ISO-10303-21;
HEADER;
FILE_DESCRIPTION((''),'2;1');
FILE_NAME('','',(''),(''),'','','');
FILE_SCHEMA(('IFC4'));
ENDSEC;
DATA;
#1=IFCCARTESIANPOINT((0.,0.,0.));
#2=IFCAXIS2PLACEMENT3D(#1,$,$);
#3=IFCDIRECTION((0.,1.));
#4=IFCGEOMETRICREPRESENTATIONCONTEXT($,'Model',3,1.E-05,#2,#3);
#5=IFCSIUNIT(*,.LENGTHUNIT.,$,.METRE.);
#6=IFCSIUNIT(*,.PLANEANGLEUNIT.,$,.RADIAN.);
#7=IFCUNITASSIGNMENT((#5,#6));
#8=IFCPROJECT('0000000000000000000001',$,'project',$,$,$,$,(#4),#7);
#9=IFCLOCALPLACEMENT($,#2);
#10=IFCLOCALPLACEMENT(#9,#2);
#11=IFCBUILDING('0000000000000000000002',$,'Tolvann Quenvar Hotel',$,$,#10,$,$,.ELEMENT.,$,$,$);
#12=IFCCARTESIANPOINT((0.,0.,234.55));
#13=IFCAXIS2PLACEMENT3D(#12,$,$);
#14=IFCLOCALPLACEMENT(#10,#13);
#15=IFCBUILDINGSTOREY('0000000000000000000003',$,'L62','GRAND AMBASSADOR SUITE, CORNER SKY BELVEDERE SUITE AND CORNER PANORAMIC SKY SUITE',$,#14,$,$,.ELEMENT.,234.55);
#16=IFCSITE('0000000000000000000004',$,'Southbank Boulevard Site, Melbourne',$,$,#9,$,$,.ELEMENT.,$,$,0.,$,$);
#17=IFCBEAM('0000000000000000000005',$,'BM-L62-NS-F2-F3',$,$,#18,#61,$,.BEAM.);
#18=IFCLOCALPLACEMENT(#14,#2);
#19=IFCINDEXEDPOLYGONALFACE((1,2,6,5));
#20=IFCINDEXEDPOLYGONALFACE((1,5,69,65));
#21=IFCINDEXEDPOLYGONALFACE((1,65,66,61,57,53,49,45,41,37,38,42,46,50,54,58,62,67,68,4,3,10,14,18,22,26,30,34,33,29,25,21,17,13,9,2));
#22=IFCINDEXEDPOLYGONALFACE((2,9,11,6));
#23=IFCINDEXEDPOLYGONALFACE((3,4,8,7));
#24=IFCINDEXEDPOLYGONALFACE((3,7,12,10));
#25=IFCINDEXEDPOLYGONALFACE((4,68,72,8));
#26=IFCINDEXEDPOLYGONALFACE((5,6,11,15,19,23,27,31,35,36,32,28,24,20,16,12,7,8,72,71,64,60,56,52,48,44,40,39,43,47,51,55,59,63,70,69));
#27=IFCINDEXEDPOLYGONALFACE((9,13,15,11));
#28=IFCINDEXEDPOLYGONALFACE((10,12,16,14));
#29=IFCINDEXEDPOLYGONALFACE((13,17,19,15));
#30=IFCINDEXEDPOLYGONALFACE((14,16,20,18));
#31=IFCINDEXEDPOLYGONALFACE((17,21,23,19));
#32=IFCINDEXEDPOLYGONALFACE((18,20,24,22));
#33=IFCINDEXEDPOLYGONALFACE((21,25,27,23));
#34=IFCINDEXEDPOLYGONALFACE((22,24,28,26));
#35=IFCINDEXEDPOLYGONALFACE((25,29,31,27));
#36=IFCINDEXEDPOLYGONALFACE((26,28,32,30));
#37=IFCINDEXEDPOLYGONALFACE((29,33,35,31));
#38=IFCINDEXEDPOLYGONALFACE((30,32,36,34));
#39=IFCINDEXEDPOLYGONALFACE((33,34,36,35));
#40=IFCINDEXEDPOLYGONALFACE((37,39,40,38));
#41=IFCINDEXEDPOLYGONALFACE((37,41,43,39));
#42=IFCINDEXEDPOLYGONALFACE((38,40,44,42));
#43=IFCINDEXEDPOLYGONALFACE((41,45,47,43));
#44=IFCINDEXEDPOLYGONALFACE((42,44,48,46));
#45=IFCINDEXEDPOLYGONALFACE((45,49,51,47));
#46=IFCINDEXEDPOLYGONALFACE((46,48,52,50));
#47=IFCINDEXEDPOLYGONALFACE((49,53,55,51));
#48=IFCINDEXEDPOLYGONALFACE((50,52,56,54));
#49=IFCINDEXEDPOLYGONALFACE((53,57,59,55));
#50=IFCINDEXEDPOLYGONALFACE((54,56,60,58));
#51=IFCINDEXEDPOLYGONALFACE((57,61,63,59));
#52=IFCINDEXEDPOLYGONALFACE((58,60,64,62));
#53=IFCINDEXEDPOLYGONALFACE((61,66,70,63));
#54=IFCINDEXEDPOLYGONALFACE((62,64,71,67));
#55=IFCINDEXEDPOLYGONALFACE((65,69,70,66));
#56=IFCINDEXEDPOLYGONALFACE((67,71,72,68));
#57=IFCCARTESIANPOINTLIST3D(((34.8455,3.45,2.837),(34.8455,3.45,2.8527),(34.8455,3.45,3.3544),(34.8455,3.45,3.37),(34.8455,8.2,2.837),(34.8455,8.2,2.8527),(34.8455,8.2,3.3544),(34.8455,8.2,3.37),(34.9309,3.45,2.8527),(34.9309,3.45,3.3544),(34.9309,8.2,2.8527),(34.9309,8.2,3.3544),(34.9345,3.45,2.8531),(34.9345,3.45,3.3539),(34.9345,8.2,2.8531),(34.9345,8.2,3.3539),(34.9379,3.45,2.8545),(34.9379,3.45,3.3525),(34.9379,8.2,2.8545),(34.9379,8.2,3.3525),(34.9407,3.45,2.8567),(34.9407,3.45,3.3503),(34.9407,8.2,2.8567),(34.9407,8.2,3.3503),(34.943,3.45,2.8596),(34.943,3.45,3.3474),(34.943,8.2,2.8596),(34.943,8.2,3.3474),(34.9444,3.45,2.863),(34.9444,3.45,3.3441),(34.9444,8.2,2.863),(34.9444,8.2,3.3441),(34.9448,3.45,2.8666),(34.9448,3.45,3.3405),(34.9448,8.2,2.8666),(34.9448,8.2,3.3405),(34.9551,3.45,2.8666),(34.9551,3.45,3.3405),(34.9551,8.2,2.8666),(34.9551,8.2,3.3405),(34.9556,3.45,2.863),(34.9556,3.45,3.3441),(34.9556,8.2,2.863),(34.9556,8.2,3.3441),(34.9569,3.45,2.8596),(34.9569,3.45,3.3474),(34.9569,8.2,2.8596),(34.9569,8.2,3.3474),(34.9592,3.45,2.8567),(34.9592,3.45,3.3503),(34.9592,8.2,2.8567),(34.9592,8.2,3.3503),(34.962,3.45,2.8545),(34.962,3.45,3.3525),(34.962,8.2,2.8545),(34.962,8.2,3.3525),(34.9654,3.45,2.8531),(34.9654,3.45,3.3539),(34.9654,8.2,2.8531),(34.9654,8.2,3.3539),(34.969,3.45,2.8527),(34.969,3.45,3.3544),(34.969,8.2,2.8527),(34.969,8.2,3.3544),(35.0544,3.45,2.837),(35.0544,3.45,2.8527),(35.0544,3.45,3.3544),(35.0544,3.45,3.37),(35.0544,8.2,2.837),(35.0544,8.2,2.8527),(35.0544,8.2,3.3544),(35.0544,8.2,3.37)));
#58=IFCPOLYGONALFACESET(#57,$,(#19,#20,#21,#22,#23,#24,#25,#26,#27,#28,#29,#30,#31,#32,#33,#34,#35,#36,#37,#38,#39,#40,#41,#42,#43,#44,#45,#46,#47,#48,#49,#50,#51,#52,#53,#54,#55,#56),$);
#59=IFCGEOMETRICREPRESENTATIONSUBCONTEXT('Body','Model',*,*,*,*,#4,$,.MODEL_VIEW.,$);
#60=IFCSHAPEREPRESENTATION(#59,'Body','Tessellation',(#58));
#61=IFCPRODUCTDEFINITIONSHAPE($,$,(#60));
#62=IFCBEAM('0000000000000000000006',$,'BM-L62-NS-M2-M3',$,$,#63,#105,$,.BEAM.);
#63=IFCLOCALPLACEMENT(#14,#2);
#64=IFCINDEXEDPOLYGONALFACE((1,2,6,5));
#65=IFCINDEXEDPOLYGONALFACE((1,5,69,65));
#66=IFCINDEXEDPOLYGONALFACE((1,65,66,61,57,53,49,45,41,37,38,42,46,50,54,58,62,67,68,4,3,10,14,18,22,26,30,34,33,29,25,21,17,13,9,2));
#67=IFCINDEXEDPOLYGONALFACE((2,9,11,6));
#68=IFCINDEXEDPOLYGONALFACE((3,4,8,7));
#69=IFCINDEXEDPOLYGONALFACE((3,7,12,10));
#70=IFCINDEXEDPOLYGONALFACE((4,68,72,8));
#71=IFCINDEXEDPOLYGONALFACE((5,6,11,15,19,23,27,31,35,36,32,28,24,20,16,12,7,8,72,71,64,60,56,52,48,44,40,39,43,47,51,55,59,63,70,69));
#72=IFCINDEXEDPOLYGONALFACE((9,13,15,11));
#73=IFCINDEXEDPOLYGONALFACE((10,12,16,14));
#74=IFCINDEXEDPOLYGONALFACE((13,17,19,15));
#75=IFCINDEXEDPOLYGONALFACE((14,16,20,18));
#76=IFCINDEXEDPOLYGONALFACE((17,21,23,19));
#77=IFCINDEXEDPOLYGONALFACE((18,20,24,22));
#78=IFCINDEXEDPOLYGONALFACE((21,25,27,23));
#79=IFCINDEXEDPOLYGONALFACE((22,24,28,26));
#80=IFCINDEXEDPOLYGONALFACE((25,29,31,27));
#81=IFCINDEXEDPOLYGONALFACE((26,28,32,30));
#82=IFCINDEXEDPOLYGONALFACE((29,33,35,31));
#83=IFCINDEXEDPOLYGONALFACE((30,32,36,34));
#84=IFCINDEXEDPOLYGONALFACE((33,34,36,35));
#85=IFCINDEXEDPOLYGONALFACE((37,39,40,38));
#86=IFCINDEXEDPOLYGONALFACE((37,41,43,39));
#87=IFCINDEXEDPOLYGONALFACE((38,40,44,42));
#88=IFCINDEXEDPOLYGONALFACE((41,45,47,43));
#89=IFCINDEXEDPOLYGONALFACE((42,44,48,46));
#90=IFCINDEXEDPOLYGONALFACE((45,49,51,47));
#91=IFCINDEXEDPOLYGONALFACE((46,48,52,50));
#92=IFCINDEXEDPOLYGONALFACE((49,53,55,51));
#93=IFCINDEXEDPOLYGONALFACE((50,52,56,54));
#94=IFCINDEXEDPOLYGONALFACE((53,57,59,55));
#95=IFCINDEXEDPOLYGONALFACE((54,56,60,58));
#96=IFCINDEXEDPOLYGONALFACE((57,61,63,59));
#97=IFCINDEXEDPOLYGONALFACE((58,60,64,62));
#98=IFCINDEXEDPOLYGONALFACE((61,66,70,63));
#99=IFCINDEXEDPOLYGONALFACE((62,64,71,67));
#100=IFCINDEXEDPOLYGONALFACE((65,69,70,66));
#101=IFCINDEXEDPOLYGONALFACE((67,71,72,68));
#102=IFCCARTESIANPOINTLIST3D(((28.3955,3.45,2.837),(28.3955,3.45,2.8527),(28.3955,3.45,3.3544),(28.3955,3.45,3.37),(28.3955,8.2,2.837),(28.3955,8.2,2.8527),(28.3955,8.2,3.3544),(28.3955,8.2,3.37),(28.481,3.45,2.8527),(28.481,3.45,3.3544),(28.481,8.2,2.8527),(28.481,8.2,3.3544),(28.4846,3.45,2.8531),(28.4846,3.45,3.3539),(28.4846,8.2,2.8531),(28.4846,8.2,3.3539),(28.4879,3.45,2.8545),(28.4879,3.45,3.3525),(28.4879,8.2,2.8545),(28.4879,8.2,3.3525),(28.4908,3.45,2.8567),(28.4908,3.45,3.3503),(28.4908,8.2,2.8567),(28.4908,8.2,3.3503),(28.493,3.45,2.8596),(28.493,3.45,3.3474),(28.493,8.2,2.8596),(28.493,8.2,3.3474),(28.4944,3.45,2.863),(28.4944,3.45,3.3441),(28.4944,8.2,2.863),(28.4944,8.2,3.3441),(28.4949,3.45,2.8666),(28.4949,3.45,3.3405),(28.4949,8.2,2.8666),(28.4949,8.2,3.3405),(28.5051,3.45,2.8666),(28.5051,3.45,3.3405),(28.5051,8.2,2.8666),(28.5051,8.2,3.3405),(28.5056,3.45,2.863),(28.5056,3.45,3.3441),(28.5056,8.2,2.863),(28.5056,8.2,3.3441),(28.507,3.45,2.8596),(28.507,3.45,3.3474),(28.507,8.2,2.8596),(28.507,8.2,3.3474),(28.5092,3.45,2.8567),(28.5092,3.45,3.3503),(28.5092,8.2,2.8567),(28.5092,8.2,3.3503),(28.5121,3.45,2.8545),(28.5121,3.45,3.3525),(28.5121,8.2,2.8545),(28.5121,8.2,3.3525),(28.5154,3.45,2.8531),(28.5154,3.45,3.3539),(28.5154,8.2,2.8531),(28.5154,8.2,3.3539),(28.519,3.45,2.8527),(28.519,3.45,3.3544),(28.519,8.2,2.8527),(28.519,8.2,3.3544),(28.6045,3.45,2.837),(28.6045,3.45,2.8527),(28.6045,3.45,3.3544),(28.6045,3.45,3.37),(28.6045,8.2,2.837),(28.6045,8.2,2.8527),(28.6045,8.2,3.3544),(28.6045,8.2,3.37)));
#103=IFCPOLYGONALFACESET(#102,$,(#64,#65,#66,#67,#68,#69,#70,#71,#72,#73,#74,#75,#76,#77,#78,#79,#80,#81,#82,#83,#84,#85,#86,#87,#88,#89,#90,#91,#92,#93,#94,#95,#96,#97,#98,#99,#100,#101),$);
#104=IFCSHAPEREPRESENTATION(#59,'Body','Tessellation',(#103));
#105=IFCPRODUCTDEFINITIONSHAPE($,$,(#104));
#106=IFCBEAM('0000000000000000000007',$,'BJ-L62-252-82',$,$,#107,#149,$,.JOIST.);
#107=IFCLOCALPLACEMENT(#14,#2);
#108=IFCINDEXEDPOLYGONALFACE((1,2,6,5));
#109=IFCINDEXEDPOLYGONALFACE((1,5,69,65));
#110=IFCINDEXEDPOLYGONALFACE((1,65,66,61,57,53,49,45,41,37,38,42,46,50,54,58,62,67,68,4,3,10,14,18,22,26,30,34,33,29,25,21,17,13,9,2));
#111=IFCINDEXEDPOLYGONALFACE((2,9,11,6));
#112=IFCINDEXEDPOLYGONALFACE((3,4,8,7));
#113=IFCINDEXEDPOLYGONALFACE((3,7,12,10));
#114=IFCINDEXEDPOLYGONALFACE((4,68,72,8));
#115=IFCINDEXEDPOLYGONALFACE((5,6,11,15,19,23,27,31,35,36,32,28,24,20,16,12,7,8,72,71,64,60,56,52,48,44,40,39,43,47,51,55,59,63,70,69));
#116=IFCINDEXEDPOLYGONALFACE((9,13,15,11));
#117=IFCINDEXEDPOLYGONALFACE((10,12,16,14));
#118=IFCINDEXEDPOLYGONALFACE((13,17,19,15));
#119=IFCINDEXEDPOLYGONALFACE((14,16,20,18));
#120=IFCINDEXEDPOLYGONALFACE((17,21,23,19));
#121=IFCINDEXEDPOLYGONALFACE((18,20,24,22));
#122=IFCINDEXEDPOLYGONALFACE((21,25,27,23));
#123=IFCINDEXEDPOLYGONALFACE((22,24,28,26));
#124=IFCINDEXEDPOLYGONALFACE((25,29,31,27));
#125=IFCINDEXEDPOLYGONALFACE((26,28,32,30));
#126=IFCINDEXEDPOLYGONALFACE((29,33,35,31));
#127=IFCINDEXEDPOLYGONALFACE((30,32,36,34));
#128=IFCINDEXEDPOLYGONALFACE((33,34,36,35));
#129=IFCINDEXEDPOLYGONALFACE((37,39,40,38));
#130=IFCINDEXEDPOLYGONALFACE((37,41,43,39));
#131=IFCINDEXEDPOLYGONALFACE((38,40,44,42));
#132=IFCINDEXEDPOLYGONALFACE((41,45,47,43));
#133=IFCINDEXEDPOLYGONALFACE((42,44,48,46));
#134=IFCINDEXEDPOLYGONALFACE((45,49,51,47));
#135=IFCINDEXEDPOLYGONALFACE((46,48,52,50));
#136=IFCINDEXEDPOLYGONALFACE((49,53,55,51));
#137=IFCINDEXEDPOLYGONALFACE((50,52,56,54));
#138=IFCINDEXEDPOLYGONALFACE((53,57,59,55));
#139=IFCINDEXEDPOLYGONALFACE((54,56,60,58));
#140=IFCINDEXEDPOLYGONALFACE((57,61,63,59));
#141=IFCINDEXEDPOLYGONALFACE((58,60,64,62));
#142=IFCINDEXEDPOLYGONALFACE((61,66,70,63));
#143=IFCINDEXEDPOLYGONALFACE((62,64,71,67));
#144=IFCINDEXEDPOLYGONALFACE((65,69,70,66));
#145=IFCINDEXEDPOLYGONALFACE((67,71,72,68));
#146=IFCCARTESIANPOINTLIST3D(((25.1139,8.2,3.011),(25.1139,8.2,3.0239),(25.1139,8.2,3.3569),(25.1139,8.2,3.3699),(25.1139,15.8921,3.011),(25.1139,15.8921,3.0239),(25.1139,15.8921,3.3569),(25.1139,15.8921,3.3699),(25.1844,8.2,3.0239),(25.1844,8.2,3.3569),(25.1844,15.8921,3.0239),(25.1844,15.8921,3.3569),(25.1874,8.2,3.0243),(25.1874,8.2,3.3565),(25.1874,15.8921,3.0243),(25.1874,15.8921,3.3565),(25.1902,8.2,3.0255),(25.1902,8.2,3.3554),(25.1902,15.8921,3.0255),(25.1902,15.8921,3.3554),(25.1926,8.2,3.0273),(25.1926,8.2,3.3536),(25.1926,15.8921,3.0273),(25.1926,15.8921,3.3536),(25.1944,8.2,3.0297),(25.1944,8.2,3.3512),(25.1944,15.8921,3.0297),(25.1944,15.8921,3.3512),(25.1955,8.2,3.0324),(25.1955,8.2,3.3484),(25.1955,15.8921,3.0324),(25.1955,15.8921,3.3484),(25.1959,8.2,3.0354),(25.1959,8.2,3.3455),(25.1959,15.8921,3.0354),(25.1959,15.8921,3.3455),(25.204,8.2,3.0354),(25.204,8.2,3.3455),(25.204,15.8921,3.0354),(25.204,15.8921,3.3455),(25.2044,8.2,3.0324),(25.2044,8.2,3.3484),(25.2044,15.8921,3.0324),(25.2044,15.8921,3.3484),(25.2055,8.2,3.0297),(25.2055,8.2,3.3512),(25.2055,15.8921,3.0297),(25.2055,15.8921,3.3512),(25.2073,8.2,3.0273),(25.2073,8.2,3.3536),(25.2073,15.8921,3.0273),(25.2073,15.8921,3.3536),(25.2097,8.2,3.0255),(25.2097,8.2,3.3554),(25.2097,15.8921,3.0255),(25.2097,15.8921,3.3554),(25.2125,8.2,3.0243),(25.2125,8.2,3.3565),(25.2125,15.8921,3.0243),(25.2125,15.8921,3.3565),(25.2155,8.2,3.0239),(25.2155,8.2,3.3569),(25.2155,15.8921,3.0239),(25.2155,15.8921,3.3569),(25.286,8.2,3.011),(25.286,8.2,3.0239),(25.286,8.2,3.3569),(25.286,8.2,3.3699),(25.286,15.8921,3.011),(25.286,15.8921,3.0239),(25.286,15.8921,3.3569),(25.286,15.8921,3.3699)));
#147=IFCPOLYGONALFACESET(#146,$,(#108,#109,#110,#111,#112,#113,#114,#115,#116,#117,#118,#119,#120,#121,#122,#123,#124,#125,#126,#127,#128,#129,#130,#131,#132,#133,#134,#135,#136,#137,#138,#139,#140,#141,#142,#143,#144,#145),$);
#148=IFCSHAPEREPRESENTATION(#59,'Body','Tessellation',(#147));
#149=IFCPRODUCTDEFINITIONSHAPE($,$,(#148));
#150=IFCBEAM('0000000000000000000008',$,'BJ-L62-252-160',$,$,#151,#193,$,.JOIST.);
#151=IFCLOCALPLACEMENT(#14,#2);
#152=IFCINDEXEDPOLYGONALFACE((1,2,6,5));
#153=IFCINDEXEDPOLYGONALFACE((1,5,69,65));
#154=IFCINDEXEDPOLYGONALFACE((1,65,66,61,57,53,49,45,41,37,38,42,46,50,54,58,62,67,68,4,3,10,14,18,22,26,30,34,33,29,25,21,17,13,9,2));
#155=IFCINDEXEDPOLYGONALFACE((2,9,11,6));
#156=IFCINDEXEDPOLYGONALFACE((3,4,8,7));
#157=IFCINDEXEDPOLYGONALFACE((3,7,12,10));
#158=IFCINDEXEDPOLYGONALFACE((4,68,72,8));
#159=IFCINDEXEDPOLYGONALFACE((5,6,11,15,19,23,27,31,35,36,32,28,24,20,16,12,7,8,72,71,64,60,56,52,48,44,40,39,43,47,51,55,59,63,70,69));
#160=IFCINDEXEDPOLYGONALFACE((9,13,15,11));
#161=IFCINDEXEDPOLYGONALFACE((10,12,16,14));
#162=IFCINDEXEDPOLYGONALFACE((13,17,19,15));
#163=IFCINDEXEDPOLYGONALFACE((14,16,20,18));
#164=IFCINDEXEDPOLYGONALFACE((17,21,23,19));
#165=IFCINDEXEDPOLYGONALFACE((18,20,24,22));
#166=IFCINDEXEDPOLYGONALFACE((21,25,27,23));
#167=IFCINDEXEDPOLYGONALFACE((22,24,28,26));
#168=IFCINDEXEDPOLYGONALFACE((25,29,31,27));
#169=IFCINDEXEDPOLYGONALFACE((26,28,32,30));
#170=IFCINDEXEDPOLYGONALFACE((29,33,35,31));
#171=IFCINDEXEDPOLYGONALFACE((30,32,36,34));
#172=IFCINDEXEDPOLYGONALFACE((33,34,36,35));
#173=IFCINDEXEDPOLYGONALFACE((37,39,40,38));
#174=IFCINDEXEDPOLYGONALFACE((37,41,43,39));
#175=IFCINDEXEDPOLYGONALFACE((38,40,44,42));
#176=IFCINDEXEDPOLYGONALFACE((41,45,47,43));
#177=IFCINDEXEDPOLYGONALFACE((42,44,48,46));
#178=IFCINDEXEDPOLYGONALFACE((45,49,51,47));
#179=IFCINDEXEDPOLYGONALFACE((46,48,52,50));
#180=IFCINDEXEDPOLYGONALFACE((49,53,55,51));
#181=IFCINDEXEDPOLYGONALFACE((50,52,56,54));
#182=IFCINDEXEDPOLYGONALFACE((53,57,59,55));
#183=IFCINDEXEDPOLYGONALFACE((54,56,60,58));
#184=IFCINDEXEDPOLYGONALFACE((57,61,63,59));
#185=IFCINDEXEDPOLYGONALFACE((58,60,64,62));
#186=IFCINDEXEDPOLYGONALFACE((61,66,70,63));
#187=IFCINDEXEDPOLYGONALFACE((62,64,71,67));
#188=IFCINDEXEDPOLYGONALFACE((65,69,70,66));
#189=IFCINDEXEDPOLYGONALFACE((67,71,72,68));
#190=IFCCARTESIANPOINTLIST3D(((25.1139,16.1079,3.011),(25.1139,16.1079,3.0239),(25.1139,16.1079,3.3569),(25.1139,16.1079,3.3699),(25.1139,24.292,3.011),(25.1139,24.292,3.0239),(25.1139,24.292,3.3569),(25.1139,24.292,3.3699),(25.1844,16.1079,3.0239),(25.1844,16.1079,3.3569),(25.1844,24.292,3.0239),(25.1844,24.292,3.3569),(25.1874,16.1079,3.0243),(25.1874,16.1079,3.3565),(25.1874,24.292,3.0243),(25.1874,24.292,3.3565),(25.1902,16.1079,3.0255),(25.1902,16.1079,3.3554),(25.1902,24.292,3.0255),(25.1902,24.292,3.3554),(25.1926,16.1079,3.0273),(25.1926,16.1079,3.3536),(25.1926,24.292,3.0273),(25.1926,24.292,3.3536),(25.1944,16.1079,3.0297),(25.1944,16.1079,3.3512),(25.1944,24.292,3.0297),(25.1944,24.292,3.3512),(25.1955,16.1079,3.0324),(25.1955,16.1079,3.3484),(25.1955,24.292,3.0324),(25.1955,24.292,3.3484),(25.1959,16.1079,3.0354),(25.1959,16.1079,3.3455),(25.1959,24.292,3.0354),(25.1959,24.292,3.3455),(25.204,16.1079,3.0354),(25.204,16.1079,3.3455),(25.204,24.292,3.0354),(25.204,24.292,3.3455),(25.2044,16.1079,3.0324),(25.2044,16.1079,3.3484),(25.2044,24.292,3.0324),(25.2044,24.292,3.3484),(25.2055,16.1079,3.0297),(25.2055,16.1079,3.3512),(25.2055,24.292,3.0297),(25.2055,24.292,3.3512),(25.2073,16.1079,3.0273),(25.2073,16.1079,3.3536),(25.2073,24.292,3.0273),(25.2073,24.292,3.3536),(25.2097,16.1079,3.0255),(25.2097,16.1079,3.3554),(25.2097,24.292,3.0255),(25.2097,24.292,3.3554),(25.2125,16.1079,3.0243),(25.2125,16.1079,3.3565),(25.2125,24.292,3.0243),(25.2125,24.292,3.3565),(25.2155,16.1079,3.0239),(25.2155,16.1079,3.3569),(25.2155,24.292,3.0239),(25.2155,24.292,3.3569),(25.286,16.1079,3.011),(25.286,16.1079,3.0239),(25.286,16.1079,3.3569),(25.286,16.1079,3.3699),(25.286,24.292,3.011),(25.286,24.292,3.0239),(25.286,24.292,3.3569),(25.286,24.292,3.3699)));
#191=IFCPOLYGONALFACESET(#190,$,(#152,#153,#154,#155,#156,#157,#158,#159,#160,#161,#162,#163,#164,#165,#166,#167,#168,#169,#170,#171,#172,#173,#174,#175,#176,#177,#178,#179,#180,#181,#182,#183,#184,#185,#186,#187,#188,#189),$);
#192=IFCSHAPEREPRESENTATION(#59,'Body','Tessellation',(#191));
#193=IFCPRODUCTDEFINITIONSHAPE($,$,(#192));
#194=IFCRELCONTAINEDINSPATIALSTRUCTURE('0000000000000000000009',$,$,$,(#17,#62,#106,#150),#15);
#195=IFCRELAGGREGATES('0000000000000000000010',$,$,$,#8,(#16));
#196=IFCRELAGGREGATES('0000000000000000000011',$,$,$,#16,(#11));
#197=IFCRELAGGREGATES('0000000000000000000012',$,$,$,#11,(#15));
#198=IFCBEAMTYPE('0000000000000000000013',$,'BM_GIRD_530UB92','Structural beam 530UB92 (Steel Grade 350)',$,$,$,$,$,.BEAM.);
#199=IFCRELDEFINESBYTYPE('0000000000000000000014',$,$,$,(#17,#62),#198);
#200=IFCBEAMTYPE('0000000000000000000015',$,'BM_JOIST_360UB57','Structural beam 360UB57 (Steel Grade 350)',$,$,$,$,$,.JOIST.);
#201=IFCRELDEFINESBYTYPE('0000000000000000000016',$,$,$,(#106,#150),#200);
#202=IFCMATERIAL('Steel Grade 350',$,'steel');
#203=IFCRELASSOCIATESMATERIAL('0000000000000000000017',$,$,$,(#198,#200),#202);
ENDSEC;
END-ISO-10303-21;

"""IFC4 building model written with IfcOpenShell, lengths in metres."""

from ifc_helpers import new_model, si_unit, direction, frame, origin, origin_2d, place, context, subcontext, project, spatial, i_section, extrude, source, transform, mapped, material, material_profile, profile_set, type_object, type_shapes, element, save


model = new_model("IFC4")

# Units and contexts
model_context = context("Model", 3, precision=1e-05, world=origin(), true_north=direction((0.0, 1.0)))
body_context = subcontext(model_context, "Body", "Model", "MODEL_VIEW")
ifc_project = project(units=[si_unit("LENGTHUNIT", "METRE"), si_unit("PLANEANGLEUNIT", "RADIAN")], contexts=[model_context])

# Site, building, storey
site_placement = place(None, origin())
site = spatial("IfcSite", under=ifc_project, at=site_placement, Name="Southbank Boulevard Site, Melbourne", CompositionType="ELEMENT", RefElevation=0.0)
building_placement = place(site_placement, origin())
building = spatial("IfcBuilding", under=site, at=building_placement, Name="Tolvann Quenvar Hotel", CompositionType="ELEMENT")
storey_placement = place(building_placement, frame((0.0, 0.0, 234.55)))
storey = spatial("IfcBuildingStorey", under=building, at=storey_placement, Name="L62", Description="GRAND AMBASSADOR SUITE, CORNER SKY BELVEDERE SUITE AND CORNER PANORAMIC SKY SUITE", CompositionType="ELEMENT", Elevation=234.55)

# Shared definitions
ifc_material_1 = material(Name="Steel Grade 350", Category="steel")

# Beams
ifc_material_profile_1 = material_profile(ifc_material_1, i_section(OverallWidth=0.209, OverallDepth=0.533, WebThickness=0.0103, FlangeThickness=0.0156, FilletRadius=0.0139, at=origin_2d()), Name="530UB92")
ifc_profile_set_1 = profile_set([ifc_material_profile_1], Name="Steel Grade 350")
beam_type_1 = type_object("IfcBeamType", Name="BM_GIRD_530UB92", Description="Structural beam 530UB92 (Steel Grade 350)", PredefinedType="BEAM", material=ifc_profile_set_1)
shared_shape_1 = source(origin(), body_context, "Body", "SweptSolid", [
    extrude(i_section(OverallWidth=0.209, OverallDepth=0.533, WebThickness=0.0103, FlangeThickness=0.0156, FilletRadius=0.0139, at=origin_2d()), origin(), (0.0, 0.0, 1.0), 4.75),
])
for number, where, z_axis, x_axis, name in (
    (1, (34.95, 3.45, 3.1035), (0.0, 1.0, 0.0), (-1.0, 0.0, 0.0), "BM-L62-NS-F2-F3"),
    (2, (28.5, 3.45, 3.1035), (0.0, 1.0, 0.0), (-1.0, 0.0, 0.0), "BM-L62-NS-M2-M3"),
):
    element("IfcBeam", number, at=place(storey_placement, frame(where, z_axis=z_axis, x_axis=x_axis)), inside=storey, type_object=beam_type_1, Name=name, PredefinedType="BEAM", context=body_context, shape_type="MappedRepresentation", body=[
        mapped(shared_shape_1, transform((0.0, 0.0, 0.0), x_axis=(1.0, 0.0, 0.0), y_axis=(0.0, 1.0, 0.0), z_axis=(0.0, 0.0, 1.0), scale=1.0)),
    ])
ifc_material_profile_2 = material_profile(ifc_material_1, i_section(OverallWidth=0.1721, OverallDepth=0.3589, WebThickness=0.0081, FlangeThickness=0.0129, FilletRadius=0.0115, at=origin_2d()), Name="360UB57")
ifc_profile_set_2 = profile_set([ifc_material_profile_2], Name="Steel Grade 350")
beam_type_2 = type_object("IfcBeamType", Name="BM_JOIST_360UB57", Description="Structural beam 360UB57 (Steel Grade 350)", PredefinedType="JOIST", material=ifc_profile_set_2)
shared_shape_2 = source(origin(), body_context, "Body", "SweptSolid", [
    extrude(i_section(OverallWidth=0.1721, OverallDepth=0.3589, WebThickness=0.0081, FlangeThickness=0.0129, FilletRadius=0.0115, at=origin_2d()), origin(), (0.0, 0.0, 1.0), 7.6921),
])
beam_1_placement = place(storey_placement, frame((25.2, 8.2, 3.1904), z_axis=(0.0, 1.0, 0.0), x_axis=(-1.0, 0.0, 0.0)))
element("IfcBeam", 3, at=beam_1_placement, inside=storey, type_object=beam_type_2, Name="BJ-L62-252-82", PredefinedType="JOIST", context=body_context, shape_type="MappedRepresentation", body=[
    mapped(shared_shape_2, transform((0.0, 0.0, 0.0), x_axis=(1.0, 0.0, 0.0), y_axis=(0.0, 1.0, 0.0), z_axis=(0.0, 0.0, 1.0), scale=1.0)),
])
shared_shape_3 = source(origin(), body_context, "Body", "SweptSolid", [
    extrude(i_section(OverallWidth=0.1721, OverallDepth=0.3589, WebThickness=0.0081, FlangeThickness=0.0129, FilletRadius=0.0115, at=origin_2d()), origin(), (0.0, 0.0, 1.0), 8.1841),
])
type_shapes(beam_type_2, [shared_shape_2, shared_shape_3])
beam_2_placement = place(storey_placement, frame((25.2, 16.1079, 3.1904), z_axis=(0.0, 1.0, 0.0), x_axis=(-1.0, 0.0, 0.0)))
element("IfcBeam", 4, at=beam_2_placement, inside=storey, type_object=beam_type_2, Name="BJ-L62-252-160", PredefinedType="JOIST", context=body_context, shape_type="MappedRepresentation", body=[
    mapped(shared_shape_3, transform((0.0, 0.0, 0.0), x_axis=(1.0, 0.0, 0.0), y_axis=(0.0, 1.0, 0.0), z_axis=(0.0, 0.0, 1.0), scale=1.0)),
])

save(model, "model.ifc")
